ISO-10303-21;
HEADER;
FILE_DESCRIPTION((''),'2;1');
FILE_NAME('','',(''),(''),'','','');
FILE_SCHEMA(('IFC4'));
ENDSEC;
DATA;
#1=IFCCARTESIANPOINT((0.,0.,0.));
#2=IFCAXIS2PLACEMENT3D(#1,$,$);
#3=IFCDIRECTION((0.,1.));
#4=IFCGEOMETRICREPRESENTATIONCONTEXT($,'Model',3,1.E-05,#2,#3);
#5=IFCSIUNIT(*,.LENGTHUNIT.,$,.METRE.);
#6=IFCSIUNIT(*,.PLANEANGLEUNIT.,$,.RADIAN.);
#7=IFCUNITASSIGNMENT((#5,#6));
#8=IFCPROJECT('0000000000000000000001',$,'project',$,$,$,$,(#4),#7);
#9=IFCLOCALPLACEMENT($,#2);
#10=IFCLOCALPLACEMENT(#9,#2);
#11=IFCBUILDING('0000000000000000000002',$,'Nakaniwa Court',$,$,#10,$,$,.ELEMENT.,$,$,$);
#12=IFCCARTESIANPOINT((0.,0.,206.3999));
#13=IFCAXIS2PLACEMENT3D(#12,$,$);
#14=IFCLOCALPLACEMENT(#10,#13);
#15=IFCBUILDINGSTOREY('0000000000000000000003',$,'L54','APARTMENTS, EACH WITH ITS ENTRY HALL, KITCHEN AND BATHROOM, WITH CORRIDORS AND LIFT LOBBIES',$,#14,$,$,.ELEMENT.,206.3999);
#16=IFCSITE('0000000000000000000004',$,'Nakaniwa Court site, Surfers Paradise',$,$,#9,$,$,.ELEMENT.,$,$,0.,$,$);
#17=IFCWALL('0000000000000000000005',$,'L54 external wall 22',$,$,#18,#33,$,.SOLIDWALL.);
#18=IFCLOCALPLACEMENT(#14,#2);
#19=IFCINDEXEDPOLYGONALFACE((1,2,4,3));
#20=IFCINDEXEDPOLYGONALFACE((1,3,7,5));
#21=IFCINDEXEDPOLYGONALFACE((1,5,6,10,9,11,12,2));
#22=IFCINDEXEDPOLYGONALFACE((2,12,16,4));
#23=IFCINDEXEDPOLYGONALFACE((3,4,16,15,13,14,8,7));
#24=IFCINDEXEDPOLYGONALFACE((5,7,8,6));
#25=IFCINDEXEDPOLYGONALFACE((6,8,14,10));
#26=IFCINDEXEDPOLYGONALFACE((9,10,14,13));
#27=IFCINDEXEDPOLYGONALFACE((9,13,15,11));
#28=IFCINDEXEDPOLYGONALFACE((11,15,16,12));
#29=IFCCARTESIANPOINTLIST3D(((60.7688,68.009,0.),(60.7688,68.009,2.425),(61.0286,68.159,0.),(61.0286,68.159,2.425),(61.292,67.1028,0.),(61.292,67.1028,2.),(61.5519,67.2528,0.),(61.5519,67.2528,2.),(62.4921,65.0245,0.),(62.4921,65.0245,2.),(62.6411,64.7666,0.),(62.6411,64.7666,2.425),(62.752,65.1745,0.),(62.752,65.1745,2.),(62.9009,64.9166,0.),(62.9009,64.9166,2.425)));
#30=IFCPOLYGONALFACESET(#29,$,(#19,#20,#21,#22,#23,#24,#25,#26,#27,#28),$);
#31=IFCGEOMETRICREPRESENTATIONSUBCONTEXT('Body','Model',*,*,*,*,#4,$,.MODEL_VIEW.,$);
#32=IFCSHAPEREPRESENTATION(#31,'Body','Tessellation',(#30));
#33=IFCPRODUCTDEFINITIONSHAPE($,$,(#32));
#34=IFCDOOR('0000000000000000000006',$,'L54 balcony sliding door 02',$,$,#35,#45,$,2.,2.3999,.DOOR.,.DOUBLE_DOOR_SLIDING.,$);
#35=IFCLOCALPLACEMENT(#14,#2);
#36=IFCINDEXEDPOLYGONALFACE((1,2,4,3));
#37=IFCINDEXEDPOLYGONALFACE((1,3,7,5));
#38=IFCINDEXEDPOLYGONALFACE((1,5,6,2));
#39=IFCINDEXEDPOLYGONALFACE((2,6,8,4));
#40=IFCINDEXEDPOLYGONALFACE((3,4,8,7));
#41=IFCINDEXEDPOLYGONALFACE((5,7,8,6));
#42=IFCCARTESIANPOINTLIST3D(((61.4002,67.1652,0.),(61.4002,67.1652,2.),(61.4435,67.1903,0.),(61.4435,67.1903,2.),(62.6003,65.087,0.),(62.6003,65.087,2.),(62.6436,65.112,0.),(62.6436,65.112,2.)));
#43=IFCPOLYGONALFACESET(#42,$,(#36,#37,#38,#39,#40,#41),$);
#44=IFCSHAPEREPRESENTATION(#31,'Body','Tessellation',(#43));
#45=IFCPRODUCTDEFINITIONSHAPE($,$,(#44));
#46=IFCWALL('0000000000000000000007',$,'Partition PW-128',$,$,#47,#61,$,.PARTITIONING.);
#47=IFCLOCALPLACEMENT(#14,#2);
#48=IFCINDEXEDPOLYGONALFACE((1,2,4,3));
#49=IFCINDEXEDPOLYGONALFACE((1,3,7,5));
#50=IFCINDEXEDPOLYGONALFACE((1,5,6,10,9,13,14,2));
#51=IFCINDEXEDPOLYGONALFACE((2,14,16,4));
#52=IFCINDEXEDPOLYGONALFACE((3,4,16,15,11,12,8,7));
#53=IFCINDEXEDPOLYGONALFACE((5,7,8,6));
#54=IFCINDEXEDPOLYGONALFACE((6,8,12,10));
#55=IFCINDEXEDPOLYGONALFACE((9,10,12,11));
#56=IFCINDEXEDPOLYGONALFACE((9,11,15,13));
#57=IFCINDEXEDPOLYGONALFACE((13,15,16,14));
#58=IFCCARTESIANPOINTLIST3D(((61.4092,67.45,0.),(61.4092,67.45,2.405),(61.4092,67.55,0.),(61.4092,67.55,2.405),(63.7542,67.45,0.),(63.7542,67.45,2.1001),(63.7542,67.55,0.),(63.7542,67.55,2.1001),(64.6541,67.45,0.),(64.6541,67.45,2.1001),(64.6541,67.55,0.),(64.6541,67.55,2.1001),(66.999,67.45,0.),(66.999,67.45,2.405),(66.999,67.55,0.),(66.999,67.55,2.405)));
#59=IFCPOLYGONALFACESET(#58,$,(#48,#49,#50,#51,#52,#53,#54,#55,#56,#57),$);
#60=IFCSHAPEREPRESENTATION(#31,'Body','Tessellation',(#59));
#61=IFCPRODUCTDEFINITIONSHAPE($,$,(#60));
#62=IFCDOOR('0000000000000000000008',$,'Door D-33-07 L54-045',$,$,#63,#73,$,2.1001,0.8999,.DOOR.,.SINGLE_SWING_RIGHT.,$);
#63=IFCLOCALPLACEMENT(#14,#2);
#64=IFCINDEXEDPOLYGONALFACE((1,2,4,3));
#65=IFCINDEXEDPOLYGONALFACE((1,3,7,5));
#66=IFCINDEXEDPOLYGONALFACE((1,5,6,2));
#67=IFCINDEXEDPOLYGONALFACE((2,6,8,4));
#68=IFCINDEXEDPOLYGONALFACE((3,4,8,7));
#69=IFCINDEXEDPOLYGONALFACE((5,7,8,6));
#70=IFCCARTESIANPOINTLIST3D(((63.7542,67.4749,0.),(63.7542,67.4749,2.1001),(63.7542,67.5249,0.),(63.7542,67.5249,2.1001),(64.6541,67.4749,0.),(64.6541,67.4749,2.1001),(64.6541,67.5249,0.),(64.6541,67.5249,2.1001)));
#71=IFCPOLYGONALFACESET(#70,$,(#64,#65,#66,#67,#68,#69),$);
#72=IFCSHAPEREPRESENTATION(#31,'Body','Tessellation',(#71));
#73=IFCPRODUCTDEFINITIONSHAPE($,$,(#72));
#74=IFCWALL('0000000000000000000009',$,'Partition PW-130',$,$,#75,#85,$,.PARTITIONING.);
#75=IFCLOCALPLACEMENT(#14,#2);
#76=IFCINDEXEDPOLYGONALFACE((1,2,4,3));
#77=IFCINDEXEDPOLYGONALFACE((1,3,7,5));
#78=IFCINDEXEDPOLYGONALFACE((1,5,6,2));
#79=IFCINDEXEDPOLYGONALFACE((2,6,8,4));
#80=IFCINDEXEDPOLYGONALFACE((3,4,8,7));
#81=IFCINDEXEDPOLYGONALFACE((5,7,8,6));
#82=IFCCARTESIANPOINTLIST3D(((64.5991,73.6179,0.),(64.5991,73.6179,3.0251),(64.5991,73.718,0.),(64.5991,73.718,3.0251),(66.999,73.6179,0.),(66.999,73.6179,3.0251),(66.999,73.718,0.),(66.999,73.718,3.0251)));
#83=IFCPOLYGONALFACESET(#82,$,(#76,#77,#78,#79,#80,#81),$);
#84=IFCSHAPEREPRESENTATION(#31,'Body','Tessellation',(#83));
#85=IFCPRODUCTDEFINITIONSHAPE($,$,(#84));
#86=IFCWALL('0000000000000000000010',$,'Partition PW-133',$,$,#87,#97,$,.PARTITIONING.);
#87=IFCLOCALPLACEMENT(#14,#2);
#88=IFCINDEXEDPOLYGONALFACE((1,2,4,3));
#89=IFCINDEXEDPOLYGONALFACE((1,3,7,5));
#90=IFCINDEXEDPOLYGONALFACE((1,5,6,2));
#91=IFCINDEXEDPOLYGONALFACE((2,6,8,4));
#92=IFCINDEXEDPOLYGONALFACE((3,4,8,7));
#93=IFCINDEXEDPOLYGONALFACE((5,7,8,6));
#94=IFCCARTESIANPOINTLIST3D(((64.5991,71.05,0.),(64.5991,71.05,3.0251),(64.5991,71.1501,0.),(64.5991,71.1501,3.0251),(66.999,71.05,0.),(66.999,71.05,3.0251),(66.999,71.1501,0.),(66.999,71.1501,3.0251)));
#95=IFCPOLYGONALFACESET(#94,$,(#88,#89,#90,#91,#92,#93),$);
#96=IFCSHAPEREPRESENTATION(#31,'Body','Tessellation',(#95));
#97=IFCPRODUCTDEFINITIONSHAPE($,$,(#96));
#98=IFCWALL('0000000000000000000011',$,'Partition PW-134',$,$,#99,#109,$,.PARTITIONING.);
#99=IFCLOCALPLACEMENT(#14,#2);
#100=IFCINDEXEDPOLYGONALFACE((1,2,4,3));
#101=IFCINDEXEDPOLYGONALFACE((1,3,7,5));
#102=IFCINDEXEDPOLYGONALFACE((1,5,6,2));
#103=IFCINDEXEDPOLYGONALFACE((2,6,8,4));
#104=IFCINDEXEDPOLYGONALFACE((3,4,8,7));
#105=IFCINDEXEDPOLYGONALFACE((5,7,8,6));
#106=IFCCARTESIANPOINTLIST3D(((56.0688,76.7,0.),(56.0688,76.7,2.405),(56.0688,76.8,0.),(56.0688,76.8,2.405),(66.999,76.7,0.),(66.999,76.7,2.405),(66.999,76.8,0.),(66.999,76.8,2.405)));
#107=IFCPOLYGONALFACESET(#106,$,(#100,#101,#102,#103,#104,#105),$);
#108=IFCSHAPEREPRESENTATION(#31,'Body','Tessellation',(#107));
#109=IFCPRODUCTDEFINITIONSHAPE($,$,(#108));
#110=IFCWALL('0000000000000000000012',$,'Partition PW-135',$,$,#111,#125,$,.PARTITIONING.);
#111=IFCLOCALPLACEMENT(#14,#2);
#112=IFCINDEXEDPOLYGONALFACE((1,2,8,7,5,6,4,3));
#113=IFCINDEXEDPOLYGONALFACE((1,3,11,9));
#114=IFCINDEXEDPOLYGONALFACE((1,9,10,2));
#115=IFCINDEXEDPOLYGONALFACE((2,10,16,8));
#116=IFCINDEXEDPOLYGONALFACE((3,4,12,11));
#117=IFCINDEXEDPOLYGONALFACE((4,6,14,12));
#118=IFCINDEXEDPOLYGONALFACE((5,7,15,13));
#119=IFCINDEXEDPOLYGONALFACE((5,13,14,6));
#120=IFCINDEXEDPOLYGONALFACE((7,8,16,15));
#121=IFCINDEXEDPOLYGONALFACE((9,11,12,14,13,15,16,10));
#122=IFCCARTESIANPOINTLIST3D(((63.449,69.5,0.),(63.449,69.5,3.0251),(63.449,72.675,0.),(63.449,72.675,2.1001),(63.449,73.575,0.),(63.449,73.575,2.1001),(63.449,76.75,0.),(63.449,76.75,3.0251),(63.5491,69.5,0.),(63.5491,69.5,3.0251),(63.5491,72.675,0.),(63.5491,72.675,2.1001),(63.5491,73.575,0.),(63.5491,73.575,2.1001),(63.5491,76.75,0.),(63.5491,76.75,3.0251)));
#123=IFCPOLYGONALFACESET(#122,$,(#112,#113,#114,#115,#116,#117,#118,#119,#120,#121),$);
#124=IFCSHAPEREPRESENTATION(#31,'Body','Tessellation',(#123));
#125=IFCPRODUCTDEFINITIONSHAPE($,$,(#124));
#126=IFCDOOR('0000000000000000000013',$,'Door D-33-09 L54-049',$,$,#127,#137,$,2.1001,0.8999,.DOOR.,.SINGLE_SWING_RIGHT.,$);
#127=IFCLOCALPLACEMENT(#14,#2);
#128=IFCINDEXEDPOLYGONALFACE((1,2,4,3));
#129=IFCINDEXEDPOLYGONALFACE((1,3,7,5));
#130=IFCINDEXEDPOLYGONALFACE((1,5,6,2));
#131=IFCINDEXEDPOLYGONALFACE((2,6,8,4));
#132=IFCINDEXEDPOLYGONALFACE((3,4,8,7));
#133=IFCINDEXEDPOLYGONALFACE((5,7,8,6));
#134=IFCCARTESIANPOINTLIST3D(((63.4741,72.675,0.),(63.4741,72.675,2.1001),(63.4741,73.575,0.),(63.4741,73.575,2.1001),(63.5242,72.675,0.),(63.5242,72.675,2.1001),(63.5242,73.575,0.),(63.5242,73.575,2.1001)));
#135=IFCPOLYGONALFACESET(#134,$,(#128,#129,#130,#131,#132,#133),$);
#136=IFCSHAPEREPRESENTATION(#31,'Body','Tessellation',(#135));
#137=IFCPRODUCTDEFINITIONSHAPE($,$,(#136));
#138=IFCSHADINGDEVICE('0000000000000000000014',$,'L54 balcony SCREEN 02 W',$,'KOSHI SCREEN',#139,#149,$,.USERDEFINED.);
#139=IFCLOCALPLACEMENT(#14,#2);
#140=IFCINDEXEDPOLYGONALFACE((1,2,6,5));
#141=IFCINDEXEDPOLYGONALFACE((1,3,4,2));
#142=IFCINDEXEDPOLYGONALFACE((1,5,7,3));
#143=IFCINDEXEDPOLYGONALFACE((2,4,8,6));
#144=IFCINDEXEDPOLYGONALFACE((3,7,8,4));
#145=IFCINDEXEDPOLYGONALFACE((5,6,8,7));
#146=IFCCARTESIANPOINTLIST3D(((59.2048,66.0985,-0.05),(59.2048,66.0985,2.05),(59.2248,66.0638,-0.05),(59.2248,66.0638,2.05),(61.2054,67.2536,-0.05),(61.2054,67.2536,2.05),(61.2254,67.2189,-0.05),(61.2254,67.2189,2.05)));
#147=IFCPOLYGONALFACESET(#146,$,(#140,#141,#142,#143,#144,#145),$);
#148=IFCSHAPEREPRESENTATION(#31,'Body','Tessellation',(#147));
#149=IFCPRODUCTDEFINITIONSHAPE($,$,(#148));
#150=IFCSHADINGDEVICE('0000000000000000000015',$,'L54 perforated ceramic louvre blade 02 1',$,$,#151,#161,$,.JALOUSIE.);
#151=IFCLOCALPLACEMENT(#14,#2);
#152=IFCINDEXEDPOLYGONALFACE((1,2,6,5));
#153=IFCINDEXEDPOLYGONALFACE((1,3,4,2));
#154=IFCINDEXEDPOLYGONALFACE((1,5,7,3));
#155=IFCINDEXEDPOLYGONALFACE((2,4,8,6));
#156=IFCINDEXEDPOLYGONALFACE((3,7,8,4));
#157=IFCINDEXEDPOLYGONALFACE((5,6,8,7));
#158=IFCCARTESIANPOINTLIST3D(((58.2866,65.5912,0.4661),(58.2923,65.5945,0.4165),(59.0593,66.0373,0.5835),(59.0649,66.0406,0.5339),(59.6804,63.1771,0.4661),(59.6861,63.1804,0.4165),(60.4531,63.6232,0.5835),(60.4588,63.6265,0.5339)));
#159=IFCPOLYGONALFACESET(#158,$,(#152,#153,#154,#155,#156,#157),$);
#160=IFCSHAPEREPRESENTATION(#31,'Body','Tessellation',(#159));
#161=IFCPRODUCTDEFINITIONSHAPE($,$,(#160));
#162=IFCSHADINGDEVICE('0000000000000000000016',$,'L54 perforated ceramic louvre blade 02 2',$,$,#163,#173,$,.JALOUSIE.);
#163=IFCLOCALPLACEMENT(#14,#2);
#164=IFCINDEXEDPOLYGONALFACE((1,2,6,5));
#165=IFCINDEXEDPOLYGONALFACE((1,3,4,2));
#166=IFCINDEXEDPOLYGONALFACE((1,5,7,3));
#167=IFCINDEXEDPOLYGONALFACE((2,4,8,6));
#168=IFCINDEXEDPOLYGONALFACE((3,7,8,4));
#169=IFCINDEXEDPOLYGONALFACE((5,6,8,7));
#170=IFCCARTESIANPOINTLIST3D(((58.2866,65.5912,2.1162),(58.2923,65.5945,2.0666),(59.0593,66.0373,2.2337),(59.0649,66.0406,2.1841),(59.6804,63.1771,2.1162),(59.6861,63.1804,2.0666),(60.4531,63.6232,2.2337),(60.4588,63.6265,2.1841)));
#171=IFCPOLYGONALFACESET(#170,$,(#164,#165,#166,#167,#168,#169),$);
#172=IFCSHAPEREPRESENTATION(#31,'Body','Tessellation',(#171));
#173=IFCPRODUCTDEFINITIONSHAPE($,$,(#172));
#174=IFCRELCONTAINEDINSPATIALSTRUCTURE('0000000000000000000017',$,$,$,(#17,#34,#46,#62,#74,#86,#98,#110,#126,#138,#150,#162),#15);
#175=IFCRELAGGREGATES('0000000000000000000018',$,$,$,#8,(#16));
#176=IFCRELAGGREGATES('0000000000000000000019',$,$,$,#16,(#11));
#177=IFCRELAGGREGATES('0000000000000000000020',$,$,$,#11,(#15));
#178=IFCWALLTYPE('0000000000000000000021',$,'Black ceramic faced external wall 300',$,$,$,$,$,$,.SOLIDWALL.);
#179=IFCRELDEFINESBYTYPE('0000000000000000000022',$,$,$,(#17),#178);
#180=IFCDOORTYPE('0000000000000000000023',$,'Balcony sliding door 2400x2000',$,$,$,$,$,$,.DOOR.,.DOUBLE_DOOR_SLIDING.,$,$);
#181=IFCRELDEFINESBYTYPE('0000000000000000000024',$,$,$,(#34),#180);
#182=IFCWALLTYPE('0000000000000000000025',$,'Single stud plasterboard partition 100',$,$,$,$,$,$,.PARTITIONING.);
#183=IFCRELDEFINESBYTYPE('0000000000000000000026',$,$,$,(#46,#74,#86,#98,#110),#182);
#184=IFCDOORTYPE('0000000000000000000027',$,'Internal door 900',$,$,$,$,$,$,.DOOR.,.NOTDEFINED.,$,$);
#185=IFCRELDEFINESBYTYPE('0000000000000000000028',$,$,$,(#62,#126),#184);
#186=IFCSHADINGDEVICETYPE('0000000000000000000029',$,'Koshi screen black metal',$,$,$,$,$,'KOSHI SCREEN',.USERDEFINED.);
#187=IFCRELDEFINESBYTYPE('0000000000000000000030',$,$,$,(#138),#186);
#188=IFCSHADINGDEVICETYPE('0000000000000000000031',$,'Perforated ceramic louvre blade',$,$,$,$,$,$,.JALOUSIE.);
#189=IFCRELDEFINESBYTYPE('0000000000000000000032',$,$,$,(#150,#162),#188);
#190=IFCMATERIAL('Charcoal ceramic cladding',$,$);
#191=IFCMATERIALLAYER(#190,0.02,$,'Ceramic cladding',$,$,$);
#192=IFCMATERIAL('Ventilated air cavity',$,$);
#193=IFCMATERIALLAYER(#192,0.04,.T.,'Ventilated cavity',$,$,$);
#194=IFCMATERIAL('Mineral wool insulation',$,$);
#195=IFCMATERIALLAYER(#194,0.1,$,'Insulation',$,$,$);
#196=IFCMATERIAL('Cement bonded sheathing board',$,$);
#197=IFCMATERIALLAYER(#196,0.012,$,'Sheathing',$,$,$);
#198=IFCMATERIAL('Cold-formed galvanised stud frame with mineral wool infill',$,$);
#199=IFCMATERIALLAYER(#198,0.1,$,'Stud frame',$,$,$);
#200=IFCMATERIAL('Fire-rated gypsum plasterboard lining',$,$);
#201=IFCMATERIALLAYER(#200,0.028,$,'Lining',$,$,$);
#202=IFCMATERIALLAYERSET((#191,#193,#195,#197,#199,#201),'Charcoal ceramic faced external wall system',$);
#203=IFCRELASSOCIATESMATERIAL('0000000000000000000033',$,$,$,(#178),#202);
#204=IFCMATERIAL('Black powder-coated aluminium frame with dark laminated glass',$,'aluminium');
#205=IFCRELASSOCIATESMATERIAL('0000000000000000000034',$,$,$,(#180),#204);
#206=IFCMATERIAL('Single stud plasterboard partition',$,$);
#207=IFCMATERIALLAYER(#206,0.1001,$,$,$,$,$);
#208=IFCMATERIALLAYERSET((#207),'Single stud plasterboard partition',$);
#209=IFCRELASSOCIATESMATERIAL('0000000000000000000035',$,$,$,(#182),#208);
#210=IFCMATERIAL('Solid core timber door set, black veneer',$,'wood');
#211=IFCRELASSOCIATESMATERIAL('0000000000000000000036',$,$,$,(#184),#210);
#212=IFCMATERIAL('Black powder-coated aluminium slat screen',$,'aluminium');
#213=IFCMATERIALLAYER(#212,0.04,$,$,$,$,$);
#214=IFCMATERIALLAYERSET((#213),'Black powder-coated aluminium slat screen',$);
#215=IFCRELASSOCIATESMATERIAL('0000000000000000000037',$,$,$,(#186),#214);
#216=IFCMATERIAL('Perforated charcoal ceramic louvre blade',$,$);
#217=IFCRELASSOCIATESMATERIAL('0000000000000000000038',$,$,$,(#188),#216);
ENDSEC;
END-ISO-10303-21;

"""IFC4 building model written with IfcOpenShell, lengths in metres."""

from ifc_helpers import new_model, si_unit, direction, frame, frame_2d, origin, origin_2d, place, context, subcontext, project, spatial, rectangle, extrude, material, layer, layer_set, material_profile, profile_set, type_object, element, fill, save


model = new_model("IFC4")

# Units and contexts
model_context = context("Model", 3, precision=1e-05, world=origin(), true_north=direction((0.0, 1.0)))
body_context = subcontext(model_context, "Body", "Model", "MODEL_VIEW")
ifc_project = project(units=[si_unit("LENGTHUNIT", "METRE"), si_unit("PLANEANGLEUNIT", "RADIAN")], contexts=[model_context])

# Site, building, storey
site_placement = place(None, origin())
site = spatial("IfcSite", under=ifc_project, at=site_placement, Name="Nakaniwa Court site, Surfers Paradise", CompositionType="ELEMENT", RefElevation=0.0)
building_placement = place(site_placement, origin())
building = spatial("IfcBuilding", under=site, at=building_placement, Name="Nakaniwa Court", CompositionType="ELEMENT")
storey_placement = place(building_placement, frame((0.0, 0.0, 206.3999)))
storey = spatial("IfcBuildingStorey", under=building, at=storey_placement, Name="L54", Description="APARTMENTS, EACH WITH ITS ENTRY HALL, KITCHEN AND BATHROOM, WITH CORRIDORS AND LIFT LOBBIES", CompositionType="ELEMENT", Elevation=206.3999)

# Shared definitions
ifc_material_1 = material(Name="Charcoal ceramic cladding")
ifc_layer_1 = layer(ifc_material_1, 0.02, Name="Ceramic cladding")
ifc_material_2 = material(Name="Ventilated air cavity")
ifc_layer_2 = layer(ifc_material_2, 0.04, ventilated=True, Name="Ventilated cavity")
ifc_material_3 = material(Name="Mineral wool insulation")
ifc_layer_3 = layer(ifc_material_3, 0.1, Name="Insulation")
ifc_material_4 = material(Name="Cement bonded sheathing board")
ifc_layer_4 = layer(ifc_material_4, 0.012, Name="Sheathing")
ifc_material_5 = material(Name="Cold-formed galvanised stud frame with mineral wool infill")
ifc_layer_5 = layer(ifc_material_5, 0.1, Name="Stud frame")
ifc_material_6 = material(Name="Fire-rated gypsum plasterboard lining")
ifc_layer_6 = layer(ifc_material_6, 0.028, Name="Lining")
ifc_layer_set_1 = layer_set([ifc_layer_1, ifc_layer_2, ifc_layer_3, ifc_layer_4, ifc_layer_5, ifc_layer_6], Name="Charcoal ceramic faced external wall system")
wall_type_1 = type_object("IfcWallType", Name="Black ceramic faced external wall 300", PredefinedType="SOLIDWALL", material=ifc_layer_set_1)

# Walls, openings, doors
wall_1_placement = place(storey_placement, frame((60.8987, 68.084, 0.0), z_axis=(0.0, 0.0, 1.0), x_axis=(0.500059, -0.865991, 0.0)))
wall_1 = element("IfcWall", 1, at=wall_1_placement, inside=storey, type_object=wall_type_1, Name="L54 external wall 22", PredefinedType="SOLIDWALL", context=body_context, shape_type="SweptSolid", body=[
    extrude(rectangle(XDim=3.7441, YDim=0.3, at=frame_2d((1.8721, 0.0))), origin(), (0.0, 0.0, 1.0), 2.425),
])
opening_1_placement = place(wall_1_placement, frame((1.0464, 0.0, 0.0)))
opening_1 = element("IfcOpeningElement", 2, at=opening_1_placement, cuts=wall_1, PredefinedType="OPENING", context=body_context, shape_type="SweptSolid", body=[
    extrude(rectangle(XDim=2.3999, YDim=2.0, at=frame_2d((1.2, 1.0))), frame((0.0, 0.1599, 0.0), z_axis=(0.0, -1.0, 0.0), x_axis=(1.0, 0.0, 0.0)), (0.0, 0.0, 1.0), 0.3201),
])
ifc_material_7 = material(Name="Black powder-coated aluminium frame with dark laminated glass", Category="aluminium")
door_type_1 = type_object("IfcDoorType", Name="Balcony sliding door 2400x2000", OperationType="DOUBLE_DOOR_SLIDING", PredefinedType="DOOR", material=ifc_material_7)
door_1_placement = place(opening_1_placement, origin())
door_1 = element("IfcDoor", 3, at=door_1_placement, inside=storey, type_object=door_type_1, Name="L54 balcony sliding door 02", OperationType="DOUBLE_DOOR_SLIDING", OverallHeight=2.0, OverallWidth=2.3999, PredefinedType="DOOR", context=body_context, shape_type="SweptSolid", body=[
    extrude(rectangle(XDim=2.3999, YDim=2.0, at=frame_2d((1.2, 1.0))), frame((0.0, 0.0249, 0.0), z_axis=(0.0, -1.0, 0.0), x_axis=(1.0, 0.0, 0.0)), (0.0, 0.0, 1.0), 0.05),
])
fill(opening_1, door_1)
ifc_material_8 = material(Name="Single stud plasterboard partition")
ifc_layer_7 = layer(ifc_material_8, 0.1001)
ifc_layer_set_2 = layer_set([ifc_layer_7], Name="Single stud plasterboard partition")
wall_type_2 = type_object("IfcWallType", Name="Single stud plasterboard partition 100", PredefinedType="PARTITIONING", material=ifc_layer_set_2)
wall_2_placement = place(storey_placement, frame((61.4092, 67.5, 0.0), z_axis=(0.0, 0.0, 1.0), x_axis=(1.0, 0.0, 0.0)))
wall_2 = element("IfcWall", 4, at=wall_2_placement, inside=storey, type_object=wall_type_2, Name="Partition PW-128", PredefinedType="PARTITIONING", context=body_context, shape_type="SweptSolid", body=[
    extrude(rectangle(XDim=5.5898, YDim=0.1001, at=frame_2d((2.7949, 0.0))), origin(), (0.0, 0.0, 1.0), 2.405),
])
opening_2_placement = place(wall_2_placement, frame((2.345, 0.0, 0.0)))
opening_2 = element("IfcOpeningElement", 5, at=opening_2_placement, cuts=wall_2, PredefinedType="OPENING", context=body_context, shape_type="SweptSolid", body=[
    extrude(rectangle(XDim=0.8999, YDim=2.1001, at=frame_2d((0.45, 1.05))), frame((0.0, 0.0601, 0.0), z_axis=(0.0, -1.0, 0.0), x_axis=(1.0, 0.0, 0.0)), (0.0, 0.0, 1.0), 0.1201),
])
ifc_material_9 = material(Name="Solid core timber door set, black veneer", Category="wood")
door_type_2 = type_object("IfcDoorType", Name="Internal door 900", OperationType="NOTDEFINED", PredefinedType="DOOR", material=ifc_material_9)
door_2_placement = place(opening_2_placement, origin())
door_2 = element("IfcDoor", 6, at=door_2_placement, inside=storey, type_object=door_type_2, Name="Door D-33-07 L54-045", OperationType="SINGLE_SWING_RIGHT", OverallHeight=2.1001, OverallWidth=0.8999, PredefinedType="DOOR", context=body_context, shape_type="SweptSolid", body=[
    extrude(rectangle(XDim=0.8999, YDim=2.1001, at=frame_2d((0.45, 1.05))), frame((0.0, 0.0249, 0.0), z_axis=(0.0, -1.0, 0.0), x_axis=(1.0, 0.0, 0.0)), (0.0, 0.0, 1.0), 0.05),
])
fill(opening_2, door_2)

# Walls
for number, where, z_axis, x_axis, name in (
    (7, (64.5991, 73.668, 0.0), (0.0, 0.0, 1.0), (1.0, 0.0, 0.0), "Partition PW-130"),
    (8, (64.5991, 71.1001, 0.0), (0.0, 0.0, 1.0), (1.0, 0.0, 0.0), "Partition PW-133"),
):
    element("IfcWall", number, at=place(storey_placement, frame(where, z_axis=z_axis, x_axis=x_axis)), inside=storey, type_object=wall_type_2, Name=name, PredefinedType="PARTITIONING", context=body_context, shape_type="SweptSolid", body=[
        extrude(rectangle(XDim=2.3999, YDim=0.1001, at=frame_2d((1.2, 0.0))), origin(), (0.0, 0.0, 1.0), 3.0251),
    ])
wall_3_placement = place(storey_placement, frame((56.0688, 76.75, 0.0), z_axis=(0.0, 0.0, 1.0), x_axis=(1.0, 0.0, 0.0)))
element("IfcWall", 9, at=wall_3_placement, inside=storey, type_object=wall_type_2, Name="Partition PW-134", PredefinedType="PARTITIONING", context=body_context, shape_type="SweptSolid", body=[
    extrude(rectangle(XDim=10.9302, YDim=0.1001, at=frame_2d((5.4651, 0.0))), origin(), (0.0, 0.0, 1.0), 2.405),
])

# Wall, opening, door
wall_4_placement = place(storey_placement, frame((63.499, 69.5, 0.0), z_axis=(0.0, 0.0, 1.0), x_axis=(0.0, 1.0, 0.0)))
wall_4 = element("IfcWall", 10, at=wall_4_placement, inside=storey, type_object=wall_type_2, Name="Partition PW-135", PredefinedType="PARTITIONING", context=body_context, shape_type="SweptSolid", body=[
    extrude(rectangle(XDim=7.25, YDim=0.1001, at=frame_2d((3.625, 0.0))), origin(), (0.0, 0.0, 1.0), 3.0251),
])
opening_3_placement = place(wall_4_placement, frame((3.175, 0.0, 0.0)))
opening_3 = element("IfcOpeningElement", 11, at=opening_3_placement, cuts=wall_4, PredefinedType="OPENING", context=body_context, shape_type="SweptSolid", body=[
    extrude(rectangle(XDim=0.8999, YDim=2.1001, at=frame_2d((0.45, 1.05))), frame((0.0, 0.0601, 0.0), z_axis=(0.0, -1.0, 0.0), x_axis=(1.0, 0.0, 0.0)), (0.0, 0.0, 1.0), 0.1201),
])
door_3_placement = place(opening_3_placement, origin())
door_3 = element("IfcDoor", 12, at=door_3_placement, inside=storey, type_object=door_type_2, Name="Door D-33-09 L54-049", OperationType="SINGLE_SWING_RIGHT", OverallHeight=2.1001, OverallWidth=0.8999, PredefinedType="DOOR", context=body_context, shape_type="SweptSolid", body=[
    extrude(rectangle(XDim=0.8999, YDim=2.1001, at=frame_2d((0.45, 1.05))), frame((0.0, 0.0249, 0.0), z_axis=(0.0, -1.0, 0.0), x_axis=(1.0, 0.0, 0.0)), (0.0, 0.0, 1.0), 0.05),
])
fill(opening_3, door_3)

# Shading devices
ifc_material_10 = material(Name="Black powder-coated aluminium slat screen", Category="aluminium")
ifc_layer_8 = layer(ifc_material_10, 0.04)
ifc_layer_set_3 = layer_set([ifc_layer_8], Name="Black powder-coated aluminium slat screen")
shading_device_type_1 = type_object("IfcShadingDeviceType", Name="Koshi screen black metal", ElementType="KOSHI SCREEN", PredefinedType="USERDEFINED", material=ifc_layer_set_3)
shading_device_placement = place(storey_placement, frame((60.2151, 66.6587, -0.05), z_axis=(0.0, 0.0, 1.0), x_axis=(0.500017, -0.866016, 0.0)))
element("IfcShadingDevice", 13, at=shading_device_placement, inside=storey, type_object=shading_device_type_1, Name="L54 balcony SCREEN 02 W", ObjectType="KOSHI SCREEN", PredefinedType="USERDEFINED", context=body_context, shape_type="SweptSolid", body=[
    extrude(rectangle(XDim=0.04, YDim=2.3101, at=origin_2d()), origin(), (0.0, 0.0, 1.0), 2.1001),
])
ifc_material_11 = material(Name="Perforated charcoal ceramic louvre blade")
ifc_material_profile_1 = material_profile(ifc_material_11, rectangle(XDim=0.8999, YDim=0.05, at=origin_2d()), Name="Perforated ceramic louvre blade")
ifc_profile_set_1 = profile_set([ifc_material_profile_1], Name="Perforated charcoal ceramic louvre blade")
shading_device_type_2 = type_object("IfcShadingDeviceType", Name="Perforated ceramic louvre blade", PredefinedType="JALOUSIE", material=ifc_profile_set_1)
for number, where, z_axis, x_axis, name in (
    (14, (58.6758, 65.8159, 0.5), (0.500011, -0.866019, 0.0), (0.85861, 0.495733, 0.130526), "L54 perforated ceramic louvre blade 02 1"),
    (15, (58.6758, 65.8159, 2.1501), (0.500011, -0.866019, 0.0), (0.85861, 0.495733, 0.130526), "L54 perforated ceramic louvre blade 02 2"),
):
    element("IfcShadingDevice", number, at=place(storey_placement, frame(where, z_axis=z_axis, x_axis=x_axis)), inside=storey, type_object=shading_device_type_2, Name=name, PredefinedType="JALOUSIE", context=body_context, shape_type="SweptSolid", body=[
        extrude(rectangle(XDim=0.8999, YDim=0.05, at=origin_2d()), origin(), (0.0, 0.0, 1.0), 2.7876),
    ])

save(model, "model.ifc")
